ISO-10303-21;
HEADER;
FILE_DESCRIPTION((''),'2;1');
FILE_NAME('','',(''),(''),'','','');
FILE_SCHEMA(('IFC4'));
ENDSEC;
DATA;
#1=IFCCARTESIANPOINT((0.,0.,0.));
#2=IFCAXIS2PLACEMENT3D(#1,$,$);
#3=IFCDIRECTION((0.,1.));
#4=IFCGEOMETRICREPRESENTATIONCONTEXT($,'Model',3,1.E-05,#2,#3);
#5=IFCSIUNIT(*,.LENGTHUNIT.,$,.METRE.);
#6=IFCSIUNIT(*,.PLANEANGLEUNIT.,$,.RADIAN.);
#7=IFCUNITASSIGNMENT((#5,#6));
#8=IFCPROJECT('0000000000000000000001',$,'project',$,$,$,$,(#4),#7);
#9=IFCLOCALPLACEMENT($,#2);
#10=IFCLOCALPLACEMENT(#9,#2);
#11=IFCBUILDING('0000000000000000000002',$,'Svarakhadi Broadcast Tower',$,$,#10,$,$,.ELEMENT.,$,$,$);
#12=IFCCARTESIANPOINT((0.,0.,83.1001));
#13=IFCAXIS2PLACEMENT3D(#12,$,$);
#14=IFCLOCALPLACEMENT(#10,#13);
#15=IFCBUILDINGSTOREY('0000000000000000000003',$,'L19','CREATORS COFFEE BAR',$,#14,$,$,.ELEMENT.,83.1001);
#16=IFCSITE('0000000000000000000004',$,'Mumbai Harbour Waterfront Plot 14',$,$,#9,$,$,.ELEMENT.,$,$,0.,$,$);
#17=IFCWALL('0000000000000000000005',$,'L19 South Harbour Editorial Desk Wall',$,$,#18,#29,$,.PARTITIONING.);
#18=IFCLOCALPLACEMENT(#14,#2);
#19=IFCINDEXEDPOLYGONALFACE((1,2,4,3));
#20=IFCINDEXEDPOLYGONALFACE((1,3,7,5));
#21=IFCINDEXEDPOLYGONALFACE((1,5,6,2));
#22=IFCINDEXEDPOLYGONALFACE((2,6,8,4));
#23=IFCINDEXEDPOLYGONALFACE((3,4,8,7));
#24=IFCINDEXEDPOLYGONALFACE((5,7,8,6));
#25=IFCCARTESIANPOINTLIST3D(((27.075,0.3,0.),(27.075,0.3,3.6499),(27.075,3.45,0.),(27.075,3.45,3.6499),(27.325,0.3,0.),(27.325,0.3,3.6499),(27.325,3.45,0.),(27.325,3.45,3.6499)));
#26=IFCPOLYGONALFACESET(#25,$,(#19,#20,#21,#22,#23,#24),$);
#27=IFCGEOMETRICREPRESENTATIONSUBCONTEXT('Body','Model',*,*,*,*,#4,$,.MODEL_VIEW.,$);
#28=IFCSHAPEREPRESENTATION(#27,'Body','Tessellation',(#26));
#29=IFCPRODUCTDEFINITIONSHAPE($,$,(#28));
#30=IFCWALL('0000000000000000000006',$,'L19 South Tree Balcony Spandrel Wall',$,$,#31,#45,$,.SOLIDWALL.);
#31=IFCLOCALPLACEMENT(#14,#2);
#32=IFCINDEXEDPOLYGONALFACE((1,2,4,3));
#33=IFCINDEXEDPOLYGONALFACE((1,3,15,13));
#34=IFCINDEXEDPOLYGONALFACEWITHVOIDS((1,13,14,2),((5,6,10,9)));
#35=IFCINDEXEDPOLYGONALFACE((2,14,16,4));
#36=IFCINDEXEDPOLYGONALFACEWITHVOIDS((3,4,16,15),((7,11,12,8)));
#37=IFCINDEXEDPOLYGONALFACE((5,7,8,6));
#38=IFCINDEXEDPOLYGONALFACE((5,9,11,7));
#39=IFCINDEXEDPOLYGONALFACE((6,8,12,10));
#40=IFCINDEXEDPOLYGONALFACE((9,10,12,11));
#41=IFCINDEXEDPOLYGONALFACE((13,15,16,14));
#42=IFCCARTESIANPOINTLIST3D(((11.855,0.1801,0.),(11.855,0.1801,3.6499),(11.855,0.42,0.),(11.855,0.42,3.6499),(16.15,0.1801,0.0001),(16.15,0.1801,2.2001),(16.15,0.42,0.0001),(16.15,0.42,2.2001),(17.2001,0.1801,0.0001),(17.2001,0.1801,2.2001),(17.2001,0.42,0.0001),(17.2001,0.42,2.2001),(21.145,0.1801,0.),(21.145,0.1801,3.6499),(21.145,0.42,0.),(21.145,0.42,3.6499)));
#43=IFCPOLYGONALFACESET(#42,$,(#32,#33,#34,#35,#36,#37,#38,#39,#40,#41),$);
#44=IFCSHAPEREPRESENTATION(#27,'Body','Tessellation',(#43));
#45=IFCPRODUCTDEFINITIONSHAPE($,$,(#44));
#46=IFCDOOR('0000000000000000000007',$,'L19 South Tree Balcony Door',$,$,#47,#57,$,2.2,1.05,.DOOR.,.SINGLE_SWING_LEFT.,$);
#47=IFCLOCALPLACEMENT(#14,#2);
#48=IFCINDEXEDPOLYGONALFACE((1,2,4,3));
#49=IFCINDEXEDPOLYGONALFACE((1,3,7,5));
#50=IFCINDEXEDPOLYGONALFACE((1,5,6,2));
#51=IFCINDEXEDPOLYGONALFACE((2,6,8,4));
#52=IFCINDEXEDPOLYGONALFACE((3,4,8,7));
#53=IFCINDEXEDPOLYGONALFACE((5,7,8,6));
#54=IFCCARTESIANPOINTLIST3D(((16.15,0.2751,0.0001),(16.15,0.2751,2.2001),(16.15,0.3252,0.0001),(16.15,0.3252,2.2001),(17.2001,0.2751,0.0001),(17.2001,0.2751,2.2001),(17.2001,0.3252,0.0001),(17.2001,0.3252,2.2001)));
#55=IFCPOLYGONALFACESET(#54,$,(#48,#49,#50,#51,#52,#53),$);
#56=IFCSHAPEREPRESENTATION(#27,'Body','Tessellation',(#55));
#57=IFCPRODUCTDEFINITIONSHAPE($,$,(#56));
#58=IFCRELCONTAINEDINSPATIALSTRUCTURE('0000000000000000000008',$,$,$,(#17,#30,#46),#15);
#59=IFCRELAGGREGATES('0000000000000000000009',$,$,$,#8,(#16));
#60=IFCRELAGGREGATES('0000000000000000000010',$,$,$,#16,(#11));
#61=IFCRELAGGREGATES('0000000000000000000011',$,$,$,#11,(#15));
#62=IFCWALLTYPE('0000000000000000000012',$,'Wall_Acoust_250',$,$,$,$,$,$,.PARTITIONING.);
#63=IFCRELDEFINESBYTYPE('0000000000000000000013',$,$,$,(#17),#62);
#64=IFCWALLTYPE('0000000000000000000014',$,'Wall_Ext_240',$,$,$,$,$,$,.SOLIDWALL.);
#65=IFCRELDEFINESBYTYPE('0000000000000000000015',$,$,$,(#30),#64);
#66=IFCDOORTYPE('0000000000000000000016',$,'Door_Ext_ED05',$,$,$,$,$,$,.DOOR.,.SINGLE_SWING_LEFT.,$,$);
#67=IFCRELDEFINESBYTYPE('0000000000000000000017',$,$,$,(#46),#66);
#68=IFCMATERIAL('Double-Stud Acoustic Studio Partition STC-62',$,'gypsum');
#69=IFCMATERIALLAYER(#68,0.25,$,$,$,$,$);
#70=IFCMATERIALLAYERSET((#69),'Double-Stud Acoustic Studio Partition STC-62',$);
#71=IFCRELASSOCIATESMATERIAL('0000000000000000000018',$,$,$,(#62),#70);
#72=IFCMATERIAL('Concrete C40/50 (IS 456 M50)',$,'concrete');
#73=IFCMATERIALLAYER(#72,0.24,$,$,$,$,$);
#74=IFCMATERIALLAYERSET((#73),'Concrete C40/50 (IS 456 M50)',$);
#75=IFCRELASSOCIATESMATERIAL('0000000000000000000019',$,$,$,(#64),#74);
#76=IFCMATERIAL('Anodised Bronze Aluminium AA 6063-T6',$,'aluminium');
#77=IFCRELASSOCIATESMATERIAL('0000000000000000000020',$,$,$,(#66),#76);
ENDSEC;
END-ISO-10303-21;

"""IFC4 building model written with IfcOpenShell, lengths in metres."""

from ifc_helpers import new_model, si_unit, direction, frame, frame_2d, origin, place, context, subcontext, project, spatial, rectangle, extrude, material, layer, layer_set, type_object, element, fill, save


model = new_model("IFC4")

# Units and contexts
model_context = context("Model", 3, precision=1e-05, world=origin(), true_north=direction((0.0, 1.0)))
body_context = subcontext(model_context, "Body", "Model", "MODEL_VIEW")
ifc_project = project(units=[si_unit("LENGTHUNIT", "METRE"), si_unit("PLANEANGLEUNIT", "RADIAN")], contexts=[model_context])

# Site, building, storey
site_placement = place(None, origin())
site = spatial("IfcSite", under=ifc_project, at=site_placement, Name="Mumbai Harbour Waterfront Plot 14", CompositionType="ELEMENT", RefElevation=0.0)
building_placement = place(site_placement, origin())
building = spatial("IfcBuilding", under=site, at=building_placement, Name="Svarakhadi Broadcast Tower", CompositionType="ELEMENT")
storey_placement = place(building_placement, frame((0.0, 0.0, 83.1001)))
storey = spatial("IfcBuildingStorey", under=building, at=storey_placement, Name="L19", Description="CREATORS COFFEE BAR", CompositionType="ELEMENT", Elevation=83.1001)

# Shared definitions
ifc_material_1 = material(Name="Anodised Bronze Aluminium AA 6063-T6", Category="aluminium")

# Wall
ifc_material_2 = material(Name="Double-Stud Acoustic Studio Partition STC-62", Category="gypsum")
ifc_layer_1 = layer(ifc_material_2, 0.25)
ifc_layer_set_1 = layer_set([ifc_layer_1], Name="Double-Stud Acoustic Studio Partition STC-62")
wall_type_1 = type_object("IfcWallType", Name="Wall_Acoust_250", PredefinedType="PARTITIONING", material=ifc_layer_set_1)
for number, where, z_axis, x_axis, name in (
    (1, (27.2, 0.3, 0.0), (0.0, 0.0, 1.0), (0.0, 1.0, 0.0), "L19 South Harbour Editorial Desk Wall"),
):
    element("IfcWall", number, at=place(storey_placement, frame(where, z_axis=z_axis, x_axis=x_axis)), inside=storey, type_object=wall_type_1, Name=name, PredefinedType="PARTITIONING", context=body_context, shape_type="SweptSolid", body=[
        extrude(rectangle(XDim=3.1499, YDim=0.25, at=frame_2d((1.575, 0.0))), origin(), (0.0, 0.0, 1.0), 3.6499),
    ])

# Wall, opening, door
ifc_material_3 = material(Name="Concrete C40/50 (IS 456 M50)", Category="concrete")
ifc_layer_2 = layer(ifc_material_3, 0.24)
ifc_layer_set_2 = layer_set([ifc_layer_2], Name="Concrete C40/50 (IS 456 M50)")
wall_type_2 = type_object("IfcWallType", Name="Wall_Ext_240", PredefinedType="SOLIDWALL", material=ifc_layer_set_2)
wall_1_placement = place(storey_placement, frame((21.145, 0.3, 0.0), z_axis=(0.0, 0.0, 1.0), x_axis=(-1.0, 0.0, 0.0)))
wall_1 = element("IfcWall", 2, at=wall_1_placement, inside=storey, type_object=wall_type_2, Name="L19 South Tree Balcony Spandrel Wall", PredefinedType="SOLIDWALL", context=body_context, shape_type="SweptSolid", body=[
    extrude(rectangle(XDim=9.29, YDim=0.24, at=frame_2d((4.645, 0.0))), origin(), (0.0, 0.0, 1.0), 3.6499),
])
opening_placement = place(wall_1_placement, frame((3.9451, 0.0, 0.0)))
opening = element("IfcOpeningElement", 3, at=opening_placement, cuts=wall_1, PredefinedType="OPENING", context=body_context, shape_type="SweptSolid", body=[
    extrude(rectangle(XDim=1.05, YDim=2.2, at=frame_2d((0.5249, 1.1001))), frame((0.0, 0.1299, 0.0), z_axis=(0.0, -1.0, 0.0), x_axis=(1.0, 0.0, 0.0)), (0.0, 0.0, 1.0), 0.26),
])
door_type = type_object("IfcDoorType", Name="Door_Ext_ED05", OperationType="SINGLE_SWING_LEFT", PredefinedType="DOOR", material=ifc_material_1)
door_placement = place(opening_placement, origin())
door = element("IfcDoor", 4, at=door_placement, inside=storey, type_object=door_type, Name="L19 South Tree Balcony Door", OperationType="SINGLE_SWING_LEFT", OverallHeight=2.2, OverallWidth=1.05, PredefinedType="DOOR", context=body_context, shape_type="SweptSolid", body=[
    extrude(rectangle(XDim=1.05, YDim=2.2, at=frame_2d((0.5249, 1.1001))), frame((0.0, 0.0249, 0.0), z_axis=(0.0, -1.0, 0.0), x_axis=(1.0, 0.0, 0.0)), (0.0, 0.0, 1.0), 0.05),
])
fill(opening, door)

save(model, "model.ifc")
